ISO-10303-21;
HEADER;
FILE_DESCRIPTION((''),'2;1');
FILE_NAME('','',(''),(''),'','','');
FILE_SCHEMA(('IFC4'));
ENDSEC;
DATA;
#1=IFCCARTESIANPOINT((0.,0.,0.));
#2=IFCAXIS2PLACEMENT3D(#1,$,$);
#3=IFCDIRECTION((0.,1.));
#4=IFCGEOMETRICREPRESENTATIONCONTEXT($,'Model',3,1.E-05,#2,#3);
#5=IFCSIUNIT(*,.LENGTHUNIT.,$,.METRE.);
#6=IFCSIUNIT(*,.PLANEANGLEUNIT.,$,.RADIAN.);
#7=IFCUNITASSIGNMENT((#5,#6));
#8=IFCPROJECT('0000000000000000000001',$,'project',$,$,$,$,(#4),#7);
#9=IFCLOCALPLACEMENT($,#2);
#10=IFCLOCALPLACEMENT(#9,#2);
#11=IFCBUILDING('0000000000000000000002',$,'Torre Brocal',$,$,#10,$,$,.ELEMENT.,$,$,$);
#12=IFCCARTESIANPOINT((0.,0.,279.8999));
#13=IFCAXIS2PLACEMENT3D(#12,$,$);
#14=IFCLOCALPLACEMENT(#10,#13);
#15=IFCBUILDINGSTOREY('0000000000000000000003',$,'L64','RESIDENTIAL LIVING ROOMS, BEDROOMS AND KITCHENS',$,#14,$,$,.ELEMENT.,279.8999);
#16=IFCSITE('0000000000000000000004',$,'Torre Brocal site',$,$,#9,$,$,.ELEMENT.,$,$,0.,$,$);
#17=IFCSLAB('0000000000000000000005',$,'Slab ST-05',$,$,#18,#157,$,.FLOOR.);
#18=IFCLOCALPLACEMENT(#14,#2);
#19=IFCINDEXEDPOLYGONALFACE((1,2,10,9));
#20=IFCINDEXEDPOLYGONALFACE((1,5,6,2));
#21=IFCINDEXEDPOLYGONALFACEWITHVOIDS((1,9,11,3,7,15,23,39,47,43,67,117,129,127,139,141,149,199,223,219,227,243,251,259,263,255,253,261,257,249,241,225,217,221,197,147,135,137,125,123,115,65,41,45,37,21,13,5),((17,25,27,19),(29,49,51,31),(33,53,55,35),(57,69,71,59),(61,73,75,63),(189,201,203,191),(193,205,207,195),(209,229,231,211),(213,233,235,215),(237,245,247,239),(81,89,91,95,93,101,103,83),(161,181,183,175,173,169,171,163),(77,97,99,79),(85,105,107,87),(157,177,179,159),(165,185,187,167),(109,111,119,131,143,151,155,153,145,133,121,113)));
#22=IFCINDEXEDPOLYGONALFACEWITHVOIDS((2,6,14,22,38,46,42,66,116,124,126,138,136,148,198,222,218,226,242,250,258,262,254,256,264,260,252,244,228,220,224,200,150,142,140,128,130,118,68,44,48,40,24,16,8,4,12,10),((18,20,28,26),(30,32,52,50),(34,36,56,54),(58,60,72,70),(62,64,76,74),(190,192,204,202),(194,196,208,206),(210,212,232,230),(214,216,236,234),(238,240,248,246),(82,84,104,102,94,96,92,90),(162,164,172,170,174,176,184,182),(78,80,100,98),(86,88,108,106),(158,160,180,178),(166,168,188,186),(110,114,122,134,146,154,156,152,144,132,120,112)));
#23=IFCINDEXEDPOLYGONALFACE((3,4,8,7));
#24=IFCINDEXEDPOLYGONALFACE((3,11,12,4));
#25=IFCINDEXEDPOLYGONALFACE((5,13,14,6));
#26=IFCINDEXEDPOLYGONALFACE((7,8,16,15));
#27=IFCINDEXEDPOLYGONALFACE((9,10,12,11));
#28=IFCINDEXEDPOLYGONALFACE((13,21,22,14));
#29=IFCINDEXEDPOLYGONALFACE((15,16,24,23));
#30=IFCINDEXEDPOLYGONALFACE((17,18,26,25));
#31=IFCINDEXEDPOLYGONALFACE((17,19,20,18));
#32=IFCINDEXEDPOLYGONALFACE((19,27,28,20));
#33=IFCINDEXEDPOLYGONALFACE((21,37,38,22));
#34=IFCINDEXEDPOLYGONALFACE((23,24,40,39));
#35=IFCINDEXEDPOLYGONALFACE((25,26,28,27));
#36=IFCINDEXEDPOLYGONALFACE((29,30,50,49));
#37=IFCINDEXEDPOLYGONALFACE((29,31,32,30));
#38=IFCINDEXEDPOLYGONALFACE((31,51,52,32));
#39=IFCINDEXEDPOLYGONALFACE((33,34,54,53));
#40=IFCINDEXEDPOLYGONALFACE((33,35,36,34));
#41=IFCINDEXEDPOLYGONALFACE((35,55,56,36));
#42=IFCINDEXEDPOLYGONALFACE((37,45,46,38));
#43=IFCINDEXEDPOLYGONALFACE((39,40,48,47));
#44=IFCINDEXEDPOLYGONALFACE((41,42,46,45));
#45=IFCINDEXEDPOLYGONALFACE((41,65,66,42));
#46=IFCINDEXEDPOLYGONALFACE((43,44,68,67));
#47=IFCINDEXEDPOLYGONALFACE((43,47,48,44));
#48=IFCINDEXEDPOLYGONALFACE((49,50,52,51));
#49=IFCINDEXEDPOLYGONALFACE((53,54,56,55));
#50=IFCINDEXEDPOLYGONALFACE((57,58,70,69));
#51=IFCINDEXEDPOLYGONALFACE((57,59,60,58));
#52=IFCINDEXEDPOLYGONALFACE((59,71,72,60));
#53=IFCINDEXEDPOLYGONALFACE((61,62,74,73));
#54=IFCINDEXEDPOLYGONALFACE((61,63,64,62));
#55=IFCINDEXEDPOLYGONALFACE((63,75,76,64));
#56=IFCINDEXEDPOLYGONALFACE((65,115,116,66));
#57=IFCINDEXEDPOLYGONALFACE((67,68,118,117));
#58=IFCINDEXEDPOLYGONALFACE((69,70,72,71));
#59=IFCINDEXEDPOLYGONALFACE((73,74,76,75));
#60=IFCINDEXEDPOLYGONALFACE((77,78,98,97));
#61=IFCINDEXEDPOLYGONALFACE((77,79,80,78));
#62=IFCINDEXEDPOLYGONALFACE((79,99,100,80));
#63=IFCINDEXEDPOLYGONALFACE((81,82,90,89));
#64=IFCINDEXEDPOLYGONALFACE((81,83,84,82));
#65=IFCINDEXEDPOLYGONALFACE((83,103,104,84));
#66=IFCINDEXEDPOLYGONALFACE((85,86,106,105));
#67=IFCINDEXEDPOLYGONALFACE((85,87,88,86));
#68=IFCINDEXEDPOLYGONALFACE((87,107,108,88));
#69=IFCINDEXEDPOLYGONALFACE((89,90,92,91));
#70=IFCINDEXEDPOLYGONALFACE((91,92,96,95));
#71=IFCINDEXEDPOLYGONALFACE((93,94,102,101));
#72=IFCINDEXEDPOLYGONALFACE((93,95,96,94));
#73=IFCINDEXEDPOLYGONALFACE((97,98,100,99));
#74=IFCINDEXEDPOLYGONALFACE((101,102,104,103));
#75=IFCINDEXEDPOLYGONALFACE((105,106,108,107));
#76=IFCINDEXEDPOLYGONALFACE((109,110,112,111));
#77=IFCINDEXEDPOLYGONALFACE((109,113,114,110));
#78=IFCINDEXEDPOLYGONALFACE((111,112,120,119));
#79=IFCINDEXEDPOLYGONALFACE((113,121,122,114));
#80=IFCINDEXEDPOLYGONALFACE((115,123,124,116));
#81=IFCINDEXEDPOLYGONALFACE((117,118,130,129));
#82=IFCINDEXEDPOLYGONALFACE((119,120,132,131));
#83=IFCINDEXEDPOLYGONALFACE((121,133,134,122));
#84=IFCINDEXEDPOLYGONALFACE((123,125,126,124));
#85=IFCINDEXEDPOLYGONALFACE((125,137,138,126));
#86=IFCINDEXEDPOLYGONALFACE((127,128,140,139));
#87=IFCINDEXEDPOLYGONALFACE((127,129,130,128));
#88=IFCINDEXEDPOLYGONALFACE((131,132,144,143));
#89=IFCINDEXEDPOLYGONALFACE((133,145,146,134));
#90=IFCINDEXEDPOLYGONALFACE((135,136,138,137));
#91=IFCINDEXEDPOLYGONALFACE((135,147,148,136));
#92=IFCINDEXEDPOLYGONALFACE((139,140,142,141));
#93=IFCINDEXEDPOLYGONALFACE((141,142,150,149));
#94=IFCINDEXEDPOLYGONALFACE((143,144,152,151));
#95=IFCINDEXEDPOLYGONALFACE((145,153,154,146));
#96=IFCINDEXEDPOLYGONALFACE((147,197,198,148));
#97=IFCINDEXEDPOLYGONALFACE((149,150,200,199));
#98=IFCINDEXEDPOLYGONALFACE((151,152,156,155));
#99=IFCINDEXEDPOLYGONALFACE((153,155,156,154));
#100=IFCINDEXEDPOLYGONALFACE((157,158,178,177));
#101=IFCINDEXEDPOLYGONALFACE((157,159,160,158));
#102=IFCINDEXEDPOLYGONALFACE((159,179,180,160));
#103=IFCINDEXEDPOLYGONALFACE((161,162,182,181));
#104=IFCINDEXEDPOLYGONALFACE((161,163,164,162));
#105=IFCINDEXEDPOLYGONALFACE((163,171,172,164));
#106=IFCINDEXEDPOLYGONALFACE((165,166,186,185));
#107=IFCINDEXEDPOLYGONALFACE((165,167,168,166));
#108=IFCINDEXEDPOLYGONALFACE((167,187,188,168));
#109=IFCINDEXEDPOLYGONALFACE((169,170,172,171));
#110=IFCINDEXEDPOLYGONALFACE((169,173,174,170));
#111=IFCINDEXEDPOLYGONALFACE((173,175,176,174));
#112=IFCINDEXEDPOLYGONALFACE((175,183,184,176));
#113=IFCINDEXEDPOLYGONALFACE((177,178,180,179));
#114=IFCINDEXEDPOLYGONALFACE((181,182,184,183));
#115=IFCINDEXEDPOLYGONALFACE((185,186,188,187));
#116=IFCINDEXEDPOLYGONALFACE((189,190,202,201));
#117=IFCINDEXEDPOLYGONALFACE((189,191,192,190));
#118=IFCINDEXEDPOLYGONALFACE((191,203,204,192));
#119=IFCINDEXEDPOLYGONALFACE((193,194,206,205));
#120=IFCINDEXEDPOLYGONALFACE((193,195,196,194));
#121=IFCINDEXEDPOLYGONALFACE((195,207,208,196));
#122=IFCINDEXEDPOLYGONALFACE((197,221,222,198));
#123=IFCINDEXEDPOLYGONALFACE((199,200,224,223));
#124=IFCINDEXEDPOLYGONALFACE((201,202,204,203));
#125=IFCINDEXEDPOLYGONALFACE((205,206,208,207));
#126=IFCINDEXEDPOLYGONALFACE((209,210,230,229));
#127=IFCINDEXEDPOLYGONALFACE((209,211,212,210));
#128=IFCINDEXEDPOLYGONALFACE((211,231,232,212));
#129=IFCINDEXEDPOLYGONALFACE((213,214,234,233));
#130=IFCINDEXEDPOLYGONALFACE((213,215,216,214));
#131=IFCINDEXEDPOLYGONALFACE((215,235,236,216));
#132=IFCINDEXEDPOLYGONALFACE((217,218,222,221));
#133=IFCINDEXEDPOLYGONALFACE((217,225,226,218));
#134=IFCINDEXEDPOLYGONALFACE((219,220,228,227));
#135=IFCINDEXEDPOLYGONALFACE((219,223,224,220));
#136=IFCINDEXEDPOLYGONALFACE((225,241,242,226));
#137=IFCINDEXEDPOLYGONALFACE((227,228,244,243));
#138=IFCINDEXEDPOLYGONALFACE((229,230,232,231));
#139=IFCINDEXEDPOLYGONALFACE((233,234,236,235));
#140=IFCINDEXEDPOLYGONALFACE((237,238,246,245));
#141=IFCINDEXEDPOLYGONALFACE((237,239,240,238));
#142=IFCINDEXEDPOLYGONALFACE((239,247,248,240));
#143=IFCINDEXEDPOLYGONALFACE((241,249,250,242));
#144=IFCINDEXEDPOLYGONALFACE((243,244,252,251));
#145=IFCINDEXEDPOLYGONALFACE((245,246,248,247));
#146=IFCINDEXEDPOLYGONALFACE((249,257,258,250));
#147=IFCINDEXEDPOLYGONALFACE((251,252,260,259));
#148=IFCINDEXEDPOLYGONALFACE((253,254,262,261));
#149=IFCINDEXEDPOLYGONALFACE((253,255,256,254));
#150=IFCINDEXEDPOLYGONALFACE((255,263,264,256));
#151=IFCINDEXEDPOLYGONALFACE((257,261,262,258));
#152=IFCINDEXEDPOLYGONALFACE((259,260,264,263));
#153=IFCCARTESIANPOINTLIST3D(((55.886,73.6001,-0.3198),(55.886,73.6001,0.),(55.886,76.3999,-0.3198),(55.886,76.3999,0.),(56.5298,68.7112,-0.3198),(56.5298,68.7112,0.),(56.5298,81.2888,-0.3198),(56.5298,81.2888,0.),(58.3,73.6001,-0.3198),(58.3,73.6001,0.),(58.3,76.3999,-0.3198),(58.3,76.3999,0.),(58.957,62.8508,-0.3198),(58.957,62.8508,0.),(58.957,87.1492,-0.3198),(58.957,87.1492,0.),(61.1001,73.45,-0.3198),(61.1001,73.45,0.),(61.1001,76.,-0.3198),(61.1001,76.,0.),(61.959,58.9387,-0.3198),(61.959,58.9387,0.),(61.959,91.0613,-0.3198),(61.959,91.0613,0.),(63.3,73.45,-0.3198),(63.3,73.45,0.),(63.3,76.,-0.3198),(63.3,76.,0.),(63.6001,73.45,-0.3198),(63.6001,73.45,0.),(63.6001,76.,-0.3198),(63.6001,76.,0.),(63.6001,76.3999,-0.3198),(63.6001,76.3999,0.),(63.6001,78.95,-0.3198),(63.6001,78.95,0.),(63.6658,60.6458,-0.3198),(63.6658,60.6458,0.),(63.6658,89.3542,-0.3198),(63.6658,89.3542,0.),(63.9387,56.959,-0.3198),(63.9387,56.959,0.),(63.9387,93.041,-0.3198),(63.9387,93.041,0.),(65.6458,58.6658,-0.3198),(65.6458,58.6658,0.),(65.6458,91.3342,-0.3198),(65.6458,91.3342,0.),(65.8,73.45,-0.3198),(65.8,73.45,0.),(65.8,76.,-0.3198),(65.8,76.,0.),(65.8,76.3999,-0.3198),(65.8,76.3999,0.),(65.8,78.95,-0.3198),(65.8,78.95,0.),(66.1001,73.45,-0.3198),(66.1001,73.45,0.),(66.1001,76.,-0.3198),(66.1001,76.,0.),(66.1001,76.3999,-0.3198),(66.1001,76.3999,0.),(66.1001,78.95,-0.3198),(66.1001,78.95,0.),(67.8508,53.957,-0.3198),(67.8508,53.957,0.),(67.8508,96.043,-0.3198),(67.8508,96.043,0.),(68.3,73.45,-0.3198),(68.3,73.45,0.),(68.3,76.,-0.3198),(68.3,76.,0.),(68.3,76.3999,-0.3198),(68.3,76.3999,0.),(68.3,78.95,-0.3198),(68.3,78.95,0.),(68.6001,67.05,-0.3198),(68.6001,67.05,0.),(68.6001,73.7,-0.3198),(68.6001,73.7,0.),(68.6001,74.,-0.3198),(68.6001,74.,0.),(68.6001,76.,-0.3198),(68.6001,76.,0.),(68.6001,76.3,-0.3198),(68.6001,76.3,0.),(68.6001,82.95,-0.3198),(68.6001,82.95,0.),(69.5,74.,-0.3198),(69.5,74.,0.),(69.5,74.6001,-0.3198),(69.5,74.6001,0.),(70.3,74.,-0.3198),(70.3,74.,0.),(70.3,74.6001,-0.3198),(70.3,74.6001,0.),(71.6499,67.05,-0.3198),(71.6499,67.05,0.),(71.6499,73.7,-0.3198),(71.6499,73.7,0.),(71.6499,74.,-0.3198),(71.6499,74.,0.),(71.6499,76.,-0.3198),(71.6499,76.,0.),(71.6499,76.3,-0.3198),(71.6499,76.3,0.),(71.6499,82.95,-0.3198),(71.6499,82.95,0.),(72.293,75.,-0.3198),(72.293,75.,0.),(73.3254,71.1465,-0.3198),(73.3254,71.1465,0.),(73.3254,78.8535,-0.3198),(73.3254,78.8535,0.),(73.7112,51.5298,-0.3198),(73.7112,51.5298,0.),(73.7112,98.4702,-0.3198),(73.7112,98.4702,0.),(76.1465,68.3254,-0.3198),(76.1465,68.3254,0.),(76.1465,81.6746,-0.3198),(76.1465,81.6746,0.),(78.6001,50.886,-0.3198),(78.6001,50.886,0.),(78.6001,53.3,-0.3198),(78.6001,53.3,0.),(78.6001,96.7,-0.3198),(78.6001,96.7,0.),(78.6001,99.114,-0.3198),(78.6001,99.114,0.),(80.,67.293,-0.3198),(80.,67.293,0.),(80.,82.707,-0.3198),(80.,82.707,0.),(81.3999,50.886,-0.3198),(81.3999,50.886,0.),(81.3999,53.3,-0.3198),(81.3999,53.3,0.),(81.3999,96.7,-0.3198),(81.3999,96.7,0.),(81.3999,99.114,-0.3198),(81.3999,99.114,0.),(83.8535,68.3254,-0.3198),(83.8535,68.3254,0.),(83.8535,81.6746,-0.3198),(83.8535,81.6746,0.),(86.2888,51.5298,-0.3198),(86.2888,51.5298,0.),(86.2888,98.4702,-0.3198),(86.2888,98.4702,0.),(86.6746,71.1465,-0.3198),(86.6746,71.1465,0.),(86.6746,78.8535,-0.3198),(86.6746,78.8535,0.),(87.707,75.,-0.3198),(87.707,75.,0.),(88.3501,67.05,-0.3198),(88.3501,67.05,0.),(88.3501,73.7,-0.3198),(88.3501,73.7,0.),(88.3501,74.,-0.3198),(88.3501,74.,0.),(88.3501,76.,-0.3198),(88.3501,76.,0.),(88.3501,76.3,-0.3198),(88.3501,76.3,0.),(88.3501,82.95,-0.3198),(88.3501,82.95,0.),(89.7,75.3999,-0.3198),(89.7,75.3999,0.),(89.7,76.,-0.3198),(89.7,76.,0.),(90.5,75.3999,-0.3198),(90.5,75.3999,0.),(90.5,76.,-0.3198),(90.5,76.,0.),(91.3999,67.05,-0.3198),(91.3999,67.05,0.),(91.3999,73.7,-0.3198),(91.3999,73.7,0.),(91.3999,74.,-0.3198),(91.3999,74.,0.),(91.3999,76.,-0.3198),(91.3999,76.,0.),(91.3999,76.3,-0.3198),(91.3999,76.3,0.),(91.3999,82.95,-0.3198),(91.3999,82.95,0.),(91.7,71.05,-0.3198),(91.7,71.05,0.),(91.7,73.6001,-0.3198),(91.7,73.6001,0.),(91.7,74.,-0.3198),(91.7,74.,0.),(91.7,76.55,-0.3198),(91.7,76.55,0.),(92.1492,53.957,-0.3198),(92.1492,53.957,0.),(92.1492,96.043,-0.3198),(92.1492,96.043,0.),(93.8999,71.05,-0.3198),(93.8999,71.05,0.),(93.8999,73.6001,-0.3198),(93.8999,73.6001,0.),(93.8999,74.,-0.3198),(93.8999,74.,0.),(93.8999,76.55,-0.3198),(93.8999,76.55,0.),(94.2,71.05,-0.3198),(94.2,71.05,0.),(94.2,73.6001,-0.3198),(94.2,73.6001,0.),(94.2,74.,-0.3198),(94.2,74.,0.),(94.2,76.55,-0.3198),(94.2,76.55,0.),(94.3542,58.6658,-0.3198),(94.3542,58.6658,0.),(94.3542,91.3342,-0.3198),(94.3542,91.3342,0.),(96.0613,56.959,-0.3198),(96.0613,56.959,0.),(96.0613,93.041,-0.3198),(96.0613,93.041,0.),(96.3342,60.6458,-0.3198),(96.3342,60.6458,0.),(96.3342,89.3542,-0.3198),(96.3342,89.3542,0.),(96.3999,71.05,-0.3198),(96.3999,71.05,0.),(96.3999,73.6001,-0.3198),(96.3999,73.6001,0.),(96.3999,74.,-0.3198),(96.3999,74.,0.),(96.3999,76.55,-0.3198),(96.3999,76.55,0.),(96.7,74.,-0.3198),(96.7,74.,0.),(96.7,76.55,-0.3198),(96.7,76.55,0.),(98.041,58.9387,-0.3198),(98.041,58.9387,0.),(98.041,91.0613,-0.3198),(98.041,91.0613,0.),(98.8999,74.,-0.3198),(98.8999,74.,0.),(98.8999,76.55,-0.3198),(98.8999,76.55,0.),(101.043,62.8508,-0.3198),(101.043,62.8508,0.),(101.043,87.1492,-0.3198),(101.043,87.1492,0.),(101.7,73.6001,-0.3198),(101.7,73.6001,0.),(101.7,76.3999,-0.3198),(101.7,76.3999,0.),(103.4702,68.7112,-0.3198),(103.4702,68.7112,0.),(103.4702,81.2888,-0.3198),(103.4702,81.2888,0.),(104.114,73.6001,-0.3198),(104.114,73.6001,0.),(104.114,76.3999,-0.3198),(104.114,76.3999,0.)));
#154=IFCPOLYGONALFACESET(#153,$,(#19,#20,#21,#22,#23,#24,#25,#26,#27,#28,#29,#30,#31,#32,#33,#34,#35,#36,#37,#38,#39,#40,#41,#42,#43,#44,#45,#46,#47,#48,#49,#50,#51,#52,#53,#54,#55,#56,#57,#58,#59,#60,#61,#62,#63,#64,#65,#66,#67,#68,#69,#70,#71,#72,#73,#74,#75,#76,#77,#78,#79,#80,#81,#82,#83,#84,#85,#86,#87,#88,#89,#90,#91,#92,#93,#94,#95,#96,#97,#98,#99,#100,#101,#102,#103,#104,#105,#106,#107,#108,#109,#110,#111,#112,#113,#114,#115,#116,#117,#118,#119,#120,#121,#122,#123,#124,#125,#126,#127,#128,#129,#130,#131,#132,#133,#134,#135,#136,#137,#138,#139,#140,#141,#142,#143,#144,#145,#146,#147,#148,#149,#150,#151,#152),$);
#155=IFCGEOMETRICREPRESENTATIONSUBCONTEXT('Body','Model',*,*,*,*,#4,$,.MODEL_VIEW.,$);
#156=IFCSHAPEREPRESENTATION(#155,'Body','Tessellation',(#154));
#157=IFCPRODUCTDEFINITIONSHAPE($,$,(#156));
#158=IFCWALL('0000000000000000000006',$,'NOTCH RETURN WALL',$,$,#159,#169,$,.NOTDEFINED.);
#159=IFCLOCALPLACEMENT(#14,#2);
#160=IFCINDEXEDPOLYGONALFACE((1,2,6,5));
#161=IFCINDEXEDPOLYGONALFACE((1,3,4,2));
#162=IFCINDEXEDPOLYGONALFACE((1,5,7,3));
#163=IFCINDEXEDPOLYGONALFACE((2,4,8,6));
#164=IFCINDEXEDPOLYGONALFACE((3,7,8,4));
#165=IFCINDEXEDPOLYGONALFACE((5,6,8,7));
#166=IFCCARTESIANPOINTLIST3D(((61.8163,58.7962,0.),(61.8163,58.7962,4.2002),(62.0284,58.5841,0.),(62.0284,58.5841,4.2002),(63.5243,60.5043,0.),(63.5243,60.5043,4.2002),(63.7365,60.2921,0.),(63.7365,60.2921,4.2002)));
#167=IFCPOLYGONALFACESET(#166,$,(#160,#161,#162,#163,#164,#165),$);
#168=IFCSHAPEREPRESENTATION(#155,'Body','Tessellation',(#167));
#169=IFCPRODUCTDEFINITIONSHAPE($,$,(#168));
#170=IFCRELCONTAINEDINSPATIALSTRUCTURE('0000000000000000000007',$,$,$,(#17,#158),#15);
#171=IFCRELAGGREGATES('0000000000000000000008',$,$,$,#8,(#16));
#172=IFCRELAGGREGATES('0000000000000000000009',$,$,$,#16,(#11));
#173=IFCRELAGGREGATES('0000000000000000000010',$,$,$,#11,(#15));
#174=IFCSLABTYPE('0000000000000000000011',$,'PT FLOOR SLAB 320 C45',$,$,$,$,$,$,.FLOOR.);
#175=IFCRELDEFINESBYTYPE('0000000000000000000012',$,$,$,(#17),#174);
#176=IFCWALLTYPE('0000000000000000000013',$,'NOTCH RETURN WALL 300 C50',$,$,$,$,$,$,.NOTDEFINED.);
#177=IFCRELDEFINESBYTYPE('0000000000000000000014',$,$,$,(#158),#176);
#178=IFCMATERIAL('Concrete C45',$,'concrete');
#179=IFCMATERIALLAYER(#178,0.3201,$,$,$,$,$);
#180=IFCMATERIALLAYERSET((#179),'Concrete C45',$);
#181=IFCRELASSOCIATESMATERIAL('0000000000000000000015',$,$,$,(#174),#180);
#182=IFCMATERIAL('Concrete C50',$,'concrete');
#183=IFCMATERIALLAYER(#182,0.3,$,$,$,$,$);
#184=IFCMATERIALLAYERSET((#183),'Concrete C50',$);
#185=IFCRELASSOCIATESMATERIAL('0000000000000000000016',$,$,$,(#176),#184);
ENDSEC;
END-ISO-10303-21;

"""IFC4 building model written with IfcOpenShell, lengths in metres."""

from ifc_helpers import new_model, si_unit, direction, frame, frame_2d, origin, place, context, subcontext, project, spatial, polyline, rectangle, outline, extrude, material, layer, layer_set, type_object, element, save


model = new_model("IFC4")

# Units and contexts
model_context = context("Model", 3, precision=1e-05, world=origin(), true_north=direction((0.0, 1.0)))
body_context = subcontext(model_context, "Body", "Model", "MODEL_VIEW")
ifc_project = project(units=[si_unit("LENGTHUNIT", "METRE"), si_unit("PLANEANGLEUNIT", "RADIAN")], contexts=[model_context])

# Site, building, storey
site_placement = place(None, origin())
site = spatial("IfcSite", under=ifc_project, at=site_placement, Name="Torre Brocal site", CompositionType="ELEMENT", RefElevation=0.0)
building_placement = place(site_placement, origin())
building = spatial("IfcBuilding", under=site, at=building_placement, Name="Torre Brocal", CompositionType="ELEMENT")
storey_placement = place(building_placement, frame((0.0, 0.0, 279.8999)))
storey = spatial("IfcBuildingStorey", under=building, at=storey_placement, Name="L64", Description="RESIDENTIAL LIVING ROOMS, BEDROOMS AND KITCHENS", CompositionType="ELEMENT", Elevation=279.8999)

# Slab
ifc_material_1 = material(Name="Concrete C45", Category="concrete")
ifc_layer_1 = layer(ifc_material_1, 0.3201)
ifc_layer_set_1 = layer_set([ifc_layer_1], Name="Concrete C45")
slab_type_1 = type_object("IfcSlabType", Name="PT FLOOR SLAB 320 C45", PredefinedType="FLOOR", material=ifc_layer_set_1)
slab_1_placement = place(storey_placement, frame((0.0, 0.0, -0.3198)))
element("IfcSlab", 1, at=slab_1_placement, inside=storey, type_object=slab_type_1, Name="Slab ST-05", PredefinedType="FLOOR", context=body_context, shape_type="SweptSolid", body=[
    extrude(outline(polyline([(101.7, 76.3999), (101.7, 73.6001), (104.114, 73.6001), (103.4702, 68.7112), (101.043, 62.8508), (98.041, 58.9387), (96.3342, 60.6458), (94.3542, 58.6658), (96.0613, 56.959), (92.1492, 53.957), (86.2888, 51.5298), (81.3999, 50.886), (81.3999, 53.3), (78.6001, 53.3), (78.6001, 50.886), (73.7112, 51.5298), (67.8508, 53.957), (63.9387, 56.959), (65.6458, 58.6658), (63.6658, 60.6458), (61.959, 58.9387), (58.957, 62.8508), (56.5298, 68.7112), (55.886, 73.6001), (58.3, 73.6001), (58.3, 76.3999), (55.886, 76.3999), (56.5298, 81.2888), (58.957, 87.1492), (61.959, 91.0613), (63.6658, 89.3542), (65.6458, 91.3342), (63.9387, 93.041), (67.8508, 96.043), (73.7112, 98.4702), (78.6001, 99.114), (78.6001, 96.7), (81.3999, 96.7), (81.3999, 99.114), (86.2888, 98.4702), (92.1492, 96.043), (96.0613, 93.041), (94.3542, 91.3342), (96.3342, 89.3542), (98.041, 91.0613), (101.043, 87.1492), (103.4702, 81.2888), (104.114, 76.3999), (101.7, 76.3999)]), holes=[polyline([(98.8999, 76.55), (96.7, 76.55), (96.7, 74.0), (98.8999, 74.0), (98.8999, 76.55)]), polyline([(96.3999, 76.55), (94.2, 76.55), (94.2, 74.0), (96.3999, 74.0), (96.3999, 76.55)]), polyline([(96.3999, 73.6001), (94.2, 73.6001), (94.2, 71.05), (96.3999, 71.05), (96.3999, 73.6001)]), polyline([(93.8999, 76.55), (91.7, 76.55), (91.7, 74.0), (93.8999, 74.0), (93.8999, 76.55)]), polyline([(93.8999, 73.6001), (91.7, 73.6001), (91.7, 71.05), (93.8999, 71.05), (93.8999, 73.6001)]), polyline([(89.7, 76.0), (88.3501, 76.0), (88.3501, 74.0), (91.3999, 74.0), (91.3999, 76.0), (90.5, 76.0), (90.5, 75.3999), (89.7, 75.3999), (89.7, 76.0)]), polyline([(91.3999, 82.95), (88.3501, 82.95), (88.3501, 76.3), (91.3999, 76.3), (91.3999, 82.95)]), polyline([(91.3999, 73.7), (88.3501, 73.7), (88.3501, 67.05), (91.3999, 67.05), (91.3999, 73.7)]), polyline([(80.0, 82.707), (76.1465, 81.6746), (73.3254, 78.8535), (72.293, 75.0), (73.3254, 71.1465), (76.1465, 68.3254), (80.0, 67.293), (83.8535, 68.3254), (86.6746, 71.1465), (87.707, 75.0), (86.6746, 78.8535), (83.8535, 81.6746), (80.0, 82.707)]), polyline([(70.3, 74.0), (71.6499, 74.0), (71.6499, 76.0), (68.6001, 76.0), (68.6001, 74.0), (69.5, 74.0), (69.5, 74.6001), (70.3, 74.6001), (70.3, 74.0)]), polyline([(68.6001, 76.3), (71.6499, 76.3), (71.6499, 82.95), (68.6001, 82.95), (68.6001, 76.3)]), polyline([(68.6001, 67.05), (71.6499, 67.05), (71.6499, 73.7), (68.6001, 73.7), (68.6001, 67.05)]), polyline([(66.1001, 76.3999), (68.3, 76.3999), (68.3, 78.95), (66.1001, 78.95), (66.1001, 76.3999)]), polyline([(66.1001, 73.45), (68.3, 73.45), (68.3, 76.0), (66.1001, 76.0), (66.1001, 73.45)]), polyline([(63.6001, 76.3999), (65.8, 76.3999), (65.8, 78.95), (63.6001, 78.95), (63.6001, 76.3999)]), polyline([(63.6001, 73.45), (65.8, 73.45), (65.8, 76.0), (63.6001, 76.0), (63.6001, 73.45)]), polyline([(61.1001, 73.45), (63.3, 73.45), (63.3, 76.0), (61.1001, 76.0), (61.1001, 73.45)])]), origin(), (0.0, 0.0, 1.0), 0.3198),
])

# Wall
ifc_material_2 = material(Name="Concrete C50", Category="concrete")
ifc_layer_2 = layer(ifc_material_2, 0.3)
ifc_layer_set_2 = layer_set([ifc_layer_2], Name="Concrete C50")
wall_type_1 = type_object("IfcWallType", Name="NOTCH RETURN WALL 300 C50", PredefinedType="NOTDEFINED", material=ifc_layer_set_2)
for number, where, z_axis, x_axis, name in (
    (2, (63.6304, 60.3982, 0.0), (0.0, 0.0, 1.0), (-0.707107, -0.707107, 0.0), "NOTCH RETURN WALL"),
):
    element("IfcWall", number, at=place(storey_placement, frame(where, z_axis=z_axis, x_axis=x_axis)), inside=storey, type_object=wall_type_1, Name=name, PredefinedType="NOTDEFINED", context=body_context, shape_type="SweptSolid", body=[
        extrude(rectangle(XDim=2.4155, YDim=0.3, at=frame_2d((1.2078, 0.0))), origin(), (0.0, 0.0, 1.0), 4.2002),
    ])

save(model, "model.ifc")
